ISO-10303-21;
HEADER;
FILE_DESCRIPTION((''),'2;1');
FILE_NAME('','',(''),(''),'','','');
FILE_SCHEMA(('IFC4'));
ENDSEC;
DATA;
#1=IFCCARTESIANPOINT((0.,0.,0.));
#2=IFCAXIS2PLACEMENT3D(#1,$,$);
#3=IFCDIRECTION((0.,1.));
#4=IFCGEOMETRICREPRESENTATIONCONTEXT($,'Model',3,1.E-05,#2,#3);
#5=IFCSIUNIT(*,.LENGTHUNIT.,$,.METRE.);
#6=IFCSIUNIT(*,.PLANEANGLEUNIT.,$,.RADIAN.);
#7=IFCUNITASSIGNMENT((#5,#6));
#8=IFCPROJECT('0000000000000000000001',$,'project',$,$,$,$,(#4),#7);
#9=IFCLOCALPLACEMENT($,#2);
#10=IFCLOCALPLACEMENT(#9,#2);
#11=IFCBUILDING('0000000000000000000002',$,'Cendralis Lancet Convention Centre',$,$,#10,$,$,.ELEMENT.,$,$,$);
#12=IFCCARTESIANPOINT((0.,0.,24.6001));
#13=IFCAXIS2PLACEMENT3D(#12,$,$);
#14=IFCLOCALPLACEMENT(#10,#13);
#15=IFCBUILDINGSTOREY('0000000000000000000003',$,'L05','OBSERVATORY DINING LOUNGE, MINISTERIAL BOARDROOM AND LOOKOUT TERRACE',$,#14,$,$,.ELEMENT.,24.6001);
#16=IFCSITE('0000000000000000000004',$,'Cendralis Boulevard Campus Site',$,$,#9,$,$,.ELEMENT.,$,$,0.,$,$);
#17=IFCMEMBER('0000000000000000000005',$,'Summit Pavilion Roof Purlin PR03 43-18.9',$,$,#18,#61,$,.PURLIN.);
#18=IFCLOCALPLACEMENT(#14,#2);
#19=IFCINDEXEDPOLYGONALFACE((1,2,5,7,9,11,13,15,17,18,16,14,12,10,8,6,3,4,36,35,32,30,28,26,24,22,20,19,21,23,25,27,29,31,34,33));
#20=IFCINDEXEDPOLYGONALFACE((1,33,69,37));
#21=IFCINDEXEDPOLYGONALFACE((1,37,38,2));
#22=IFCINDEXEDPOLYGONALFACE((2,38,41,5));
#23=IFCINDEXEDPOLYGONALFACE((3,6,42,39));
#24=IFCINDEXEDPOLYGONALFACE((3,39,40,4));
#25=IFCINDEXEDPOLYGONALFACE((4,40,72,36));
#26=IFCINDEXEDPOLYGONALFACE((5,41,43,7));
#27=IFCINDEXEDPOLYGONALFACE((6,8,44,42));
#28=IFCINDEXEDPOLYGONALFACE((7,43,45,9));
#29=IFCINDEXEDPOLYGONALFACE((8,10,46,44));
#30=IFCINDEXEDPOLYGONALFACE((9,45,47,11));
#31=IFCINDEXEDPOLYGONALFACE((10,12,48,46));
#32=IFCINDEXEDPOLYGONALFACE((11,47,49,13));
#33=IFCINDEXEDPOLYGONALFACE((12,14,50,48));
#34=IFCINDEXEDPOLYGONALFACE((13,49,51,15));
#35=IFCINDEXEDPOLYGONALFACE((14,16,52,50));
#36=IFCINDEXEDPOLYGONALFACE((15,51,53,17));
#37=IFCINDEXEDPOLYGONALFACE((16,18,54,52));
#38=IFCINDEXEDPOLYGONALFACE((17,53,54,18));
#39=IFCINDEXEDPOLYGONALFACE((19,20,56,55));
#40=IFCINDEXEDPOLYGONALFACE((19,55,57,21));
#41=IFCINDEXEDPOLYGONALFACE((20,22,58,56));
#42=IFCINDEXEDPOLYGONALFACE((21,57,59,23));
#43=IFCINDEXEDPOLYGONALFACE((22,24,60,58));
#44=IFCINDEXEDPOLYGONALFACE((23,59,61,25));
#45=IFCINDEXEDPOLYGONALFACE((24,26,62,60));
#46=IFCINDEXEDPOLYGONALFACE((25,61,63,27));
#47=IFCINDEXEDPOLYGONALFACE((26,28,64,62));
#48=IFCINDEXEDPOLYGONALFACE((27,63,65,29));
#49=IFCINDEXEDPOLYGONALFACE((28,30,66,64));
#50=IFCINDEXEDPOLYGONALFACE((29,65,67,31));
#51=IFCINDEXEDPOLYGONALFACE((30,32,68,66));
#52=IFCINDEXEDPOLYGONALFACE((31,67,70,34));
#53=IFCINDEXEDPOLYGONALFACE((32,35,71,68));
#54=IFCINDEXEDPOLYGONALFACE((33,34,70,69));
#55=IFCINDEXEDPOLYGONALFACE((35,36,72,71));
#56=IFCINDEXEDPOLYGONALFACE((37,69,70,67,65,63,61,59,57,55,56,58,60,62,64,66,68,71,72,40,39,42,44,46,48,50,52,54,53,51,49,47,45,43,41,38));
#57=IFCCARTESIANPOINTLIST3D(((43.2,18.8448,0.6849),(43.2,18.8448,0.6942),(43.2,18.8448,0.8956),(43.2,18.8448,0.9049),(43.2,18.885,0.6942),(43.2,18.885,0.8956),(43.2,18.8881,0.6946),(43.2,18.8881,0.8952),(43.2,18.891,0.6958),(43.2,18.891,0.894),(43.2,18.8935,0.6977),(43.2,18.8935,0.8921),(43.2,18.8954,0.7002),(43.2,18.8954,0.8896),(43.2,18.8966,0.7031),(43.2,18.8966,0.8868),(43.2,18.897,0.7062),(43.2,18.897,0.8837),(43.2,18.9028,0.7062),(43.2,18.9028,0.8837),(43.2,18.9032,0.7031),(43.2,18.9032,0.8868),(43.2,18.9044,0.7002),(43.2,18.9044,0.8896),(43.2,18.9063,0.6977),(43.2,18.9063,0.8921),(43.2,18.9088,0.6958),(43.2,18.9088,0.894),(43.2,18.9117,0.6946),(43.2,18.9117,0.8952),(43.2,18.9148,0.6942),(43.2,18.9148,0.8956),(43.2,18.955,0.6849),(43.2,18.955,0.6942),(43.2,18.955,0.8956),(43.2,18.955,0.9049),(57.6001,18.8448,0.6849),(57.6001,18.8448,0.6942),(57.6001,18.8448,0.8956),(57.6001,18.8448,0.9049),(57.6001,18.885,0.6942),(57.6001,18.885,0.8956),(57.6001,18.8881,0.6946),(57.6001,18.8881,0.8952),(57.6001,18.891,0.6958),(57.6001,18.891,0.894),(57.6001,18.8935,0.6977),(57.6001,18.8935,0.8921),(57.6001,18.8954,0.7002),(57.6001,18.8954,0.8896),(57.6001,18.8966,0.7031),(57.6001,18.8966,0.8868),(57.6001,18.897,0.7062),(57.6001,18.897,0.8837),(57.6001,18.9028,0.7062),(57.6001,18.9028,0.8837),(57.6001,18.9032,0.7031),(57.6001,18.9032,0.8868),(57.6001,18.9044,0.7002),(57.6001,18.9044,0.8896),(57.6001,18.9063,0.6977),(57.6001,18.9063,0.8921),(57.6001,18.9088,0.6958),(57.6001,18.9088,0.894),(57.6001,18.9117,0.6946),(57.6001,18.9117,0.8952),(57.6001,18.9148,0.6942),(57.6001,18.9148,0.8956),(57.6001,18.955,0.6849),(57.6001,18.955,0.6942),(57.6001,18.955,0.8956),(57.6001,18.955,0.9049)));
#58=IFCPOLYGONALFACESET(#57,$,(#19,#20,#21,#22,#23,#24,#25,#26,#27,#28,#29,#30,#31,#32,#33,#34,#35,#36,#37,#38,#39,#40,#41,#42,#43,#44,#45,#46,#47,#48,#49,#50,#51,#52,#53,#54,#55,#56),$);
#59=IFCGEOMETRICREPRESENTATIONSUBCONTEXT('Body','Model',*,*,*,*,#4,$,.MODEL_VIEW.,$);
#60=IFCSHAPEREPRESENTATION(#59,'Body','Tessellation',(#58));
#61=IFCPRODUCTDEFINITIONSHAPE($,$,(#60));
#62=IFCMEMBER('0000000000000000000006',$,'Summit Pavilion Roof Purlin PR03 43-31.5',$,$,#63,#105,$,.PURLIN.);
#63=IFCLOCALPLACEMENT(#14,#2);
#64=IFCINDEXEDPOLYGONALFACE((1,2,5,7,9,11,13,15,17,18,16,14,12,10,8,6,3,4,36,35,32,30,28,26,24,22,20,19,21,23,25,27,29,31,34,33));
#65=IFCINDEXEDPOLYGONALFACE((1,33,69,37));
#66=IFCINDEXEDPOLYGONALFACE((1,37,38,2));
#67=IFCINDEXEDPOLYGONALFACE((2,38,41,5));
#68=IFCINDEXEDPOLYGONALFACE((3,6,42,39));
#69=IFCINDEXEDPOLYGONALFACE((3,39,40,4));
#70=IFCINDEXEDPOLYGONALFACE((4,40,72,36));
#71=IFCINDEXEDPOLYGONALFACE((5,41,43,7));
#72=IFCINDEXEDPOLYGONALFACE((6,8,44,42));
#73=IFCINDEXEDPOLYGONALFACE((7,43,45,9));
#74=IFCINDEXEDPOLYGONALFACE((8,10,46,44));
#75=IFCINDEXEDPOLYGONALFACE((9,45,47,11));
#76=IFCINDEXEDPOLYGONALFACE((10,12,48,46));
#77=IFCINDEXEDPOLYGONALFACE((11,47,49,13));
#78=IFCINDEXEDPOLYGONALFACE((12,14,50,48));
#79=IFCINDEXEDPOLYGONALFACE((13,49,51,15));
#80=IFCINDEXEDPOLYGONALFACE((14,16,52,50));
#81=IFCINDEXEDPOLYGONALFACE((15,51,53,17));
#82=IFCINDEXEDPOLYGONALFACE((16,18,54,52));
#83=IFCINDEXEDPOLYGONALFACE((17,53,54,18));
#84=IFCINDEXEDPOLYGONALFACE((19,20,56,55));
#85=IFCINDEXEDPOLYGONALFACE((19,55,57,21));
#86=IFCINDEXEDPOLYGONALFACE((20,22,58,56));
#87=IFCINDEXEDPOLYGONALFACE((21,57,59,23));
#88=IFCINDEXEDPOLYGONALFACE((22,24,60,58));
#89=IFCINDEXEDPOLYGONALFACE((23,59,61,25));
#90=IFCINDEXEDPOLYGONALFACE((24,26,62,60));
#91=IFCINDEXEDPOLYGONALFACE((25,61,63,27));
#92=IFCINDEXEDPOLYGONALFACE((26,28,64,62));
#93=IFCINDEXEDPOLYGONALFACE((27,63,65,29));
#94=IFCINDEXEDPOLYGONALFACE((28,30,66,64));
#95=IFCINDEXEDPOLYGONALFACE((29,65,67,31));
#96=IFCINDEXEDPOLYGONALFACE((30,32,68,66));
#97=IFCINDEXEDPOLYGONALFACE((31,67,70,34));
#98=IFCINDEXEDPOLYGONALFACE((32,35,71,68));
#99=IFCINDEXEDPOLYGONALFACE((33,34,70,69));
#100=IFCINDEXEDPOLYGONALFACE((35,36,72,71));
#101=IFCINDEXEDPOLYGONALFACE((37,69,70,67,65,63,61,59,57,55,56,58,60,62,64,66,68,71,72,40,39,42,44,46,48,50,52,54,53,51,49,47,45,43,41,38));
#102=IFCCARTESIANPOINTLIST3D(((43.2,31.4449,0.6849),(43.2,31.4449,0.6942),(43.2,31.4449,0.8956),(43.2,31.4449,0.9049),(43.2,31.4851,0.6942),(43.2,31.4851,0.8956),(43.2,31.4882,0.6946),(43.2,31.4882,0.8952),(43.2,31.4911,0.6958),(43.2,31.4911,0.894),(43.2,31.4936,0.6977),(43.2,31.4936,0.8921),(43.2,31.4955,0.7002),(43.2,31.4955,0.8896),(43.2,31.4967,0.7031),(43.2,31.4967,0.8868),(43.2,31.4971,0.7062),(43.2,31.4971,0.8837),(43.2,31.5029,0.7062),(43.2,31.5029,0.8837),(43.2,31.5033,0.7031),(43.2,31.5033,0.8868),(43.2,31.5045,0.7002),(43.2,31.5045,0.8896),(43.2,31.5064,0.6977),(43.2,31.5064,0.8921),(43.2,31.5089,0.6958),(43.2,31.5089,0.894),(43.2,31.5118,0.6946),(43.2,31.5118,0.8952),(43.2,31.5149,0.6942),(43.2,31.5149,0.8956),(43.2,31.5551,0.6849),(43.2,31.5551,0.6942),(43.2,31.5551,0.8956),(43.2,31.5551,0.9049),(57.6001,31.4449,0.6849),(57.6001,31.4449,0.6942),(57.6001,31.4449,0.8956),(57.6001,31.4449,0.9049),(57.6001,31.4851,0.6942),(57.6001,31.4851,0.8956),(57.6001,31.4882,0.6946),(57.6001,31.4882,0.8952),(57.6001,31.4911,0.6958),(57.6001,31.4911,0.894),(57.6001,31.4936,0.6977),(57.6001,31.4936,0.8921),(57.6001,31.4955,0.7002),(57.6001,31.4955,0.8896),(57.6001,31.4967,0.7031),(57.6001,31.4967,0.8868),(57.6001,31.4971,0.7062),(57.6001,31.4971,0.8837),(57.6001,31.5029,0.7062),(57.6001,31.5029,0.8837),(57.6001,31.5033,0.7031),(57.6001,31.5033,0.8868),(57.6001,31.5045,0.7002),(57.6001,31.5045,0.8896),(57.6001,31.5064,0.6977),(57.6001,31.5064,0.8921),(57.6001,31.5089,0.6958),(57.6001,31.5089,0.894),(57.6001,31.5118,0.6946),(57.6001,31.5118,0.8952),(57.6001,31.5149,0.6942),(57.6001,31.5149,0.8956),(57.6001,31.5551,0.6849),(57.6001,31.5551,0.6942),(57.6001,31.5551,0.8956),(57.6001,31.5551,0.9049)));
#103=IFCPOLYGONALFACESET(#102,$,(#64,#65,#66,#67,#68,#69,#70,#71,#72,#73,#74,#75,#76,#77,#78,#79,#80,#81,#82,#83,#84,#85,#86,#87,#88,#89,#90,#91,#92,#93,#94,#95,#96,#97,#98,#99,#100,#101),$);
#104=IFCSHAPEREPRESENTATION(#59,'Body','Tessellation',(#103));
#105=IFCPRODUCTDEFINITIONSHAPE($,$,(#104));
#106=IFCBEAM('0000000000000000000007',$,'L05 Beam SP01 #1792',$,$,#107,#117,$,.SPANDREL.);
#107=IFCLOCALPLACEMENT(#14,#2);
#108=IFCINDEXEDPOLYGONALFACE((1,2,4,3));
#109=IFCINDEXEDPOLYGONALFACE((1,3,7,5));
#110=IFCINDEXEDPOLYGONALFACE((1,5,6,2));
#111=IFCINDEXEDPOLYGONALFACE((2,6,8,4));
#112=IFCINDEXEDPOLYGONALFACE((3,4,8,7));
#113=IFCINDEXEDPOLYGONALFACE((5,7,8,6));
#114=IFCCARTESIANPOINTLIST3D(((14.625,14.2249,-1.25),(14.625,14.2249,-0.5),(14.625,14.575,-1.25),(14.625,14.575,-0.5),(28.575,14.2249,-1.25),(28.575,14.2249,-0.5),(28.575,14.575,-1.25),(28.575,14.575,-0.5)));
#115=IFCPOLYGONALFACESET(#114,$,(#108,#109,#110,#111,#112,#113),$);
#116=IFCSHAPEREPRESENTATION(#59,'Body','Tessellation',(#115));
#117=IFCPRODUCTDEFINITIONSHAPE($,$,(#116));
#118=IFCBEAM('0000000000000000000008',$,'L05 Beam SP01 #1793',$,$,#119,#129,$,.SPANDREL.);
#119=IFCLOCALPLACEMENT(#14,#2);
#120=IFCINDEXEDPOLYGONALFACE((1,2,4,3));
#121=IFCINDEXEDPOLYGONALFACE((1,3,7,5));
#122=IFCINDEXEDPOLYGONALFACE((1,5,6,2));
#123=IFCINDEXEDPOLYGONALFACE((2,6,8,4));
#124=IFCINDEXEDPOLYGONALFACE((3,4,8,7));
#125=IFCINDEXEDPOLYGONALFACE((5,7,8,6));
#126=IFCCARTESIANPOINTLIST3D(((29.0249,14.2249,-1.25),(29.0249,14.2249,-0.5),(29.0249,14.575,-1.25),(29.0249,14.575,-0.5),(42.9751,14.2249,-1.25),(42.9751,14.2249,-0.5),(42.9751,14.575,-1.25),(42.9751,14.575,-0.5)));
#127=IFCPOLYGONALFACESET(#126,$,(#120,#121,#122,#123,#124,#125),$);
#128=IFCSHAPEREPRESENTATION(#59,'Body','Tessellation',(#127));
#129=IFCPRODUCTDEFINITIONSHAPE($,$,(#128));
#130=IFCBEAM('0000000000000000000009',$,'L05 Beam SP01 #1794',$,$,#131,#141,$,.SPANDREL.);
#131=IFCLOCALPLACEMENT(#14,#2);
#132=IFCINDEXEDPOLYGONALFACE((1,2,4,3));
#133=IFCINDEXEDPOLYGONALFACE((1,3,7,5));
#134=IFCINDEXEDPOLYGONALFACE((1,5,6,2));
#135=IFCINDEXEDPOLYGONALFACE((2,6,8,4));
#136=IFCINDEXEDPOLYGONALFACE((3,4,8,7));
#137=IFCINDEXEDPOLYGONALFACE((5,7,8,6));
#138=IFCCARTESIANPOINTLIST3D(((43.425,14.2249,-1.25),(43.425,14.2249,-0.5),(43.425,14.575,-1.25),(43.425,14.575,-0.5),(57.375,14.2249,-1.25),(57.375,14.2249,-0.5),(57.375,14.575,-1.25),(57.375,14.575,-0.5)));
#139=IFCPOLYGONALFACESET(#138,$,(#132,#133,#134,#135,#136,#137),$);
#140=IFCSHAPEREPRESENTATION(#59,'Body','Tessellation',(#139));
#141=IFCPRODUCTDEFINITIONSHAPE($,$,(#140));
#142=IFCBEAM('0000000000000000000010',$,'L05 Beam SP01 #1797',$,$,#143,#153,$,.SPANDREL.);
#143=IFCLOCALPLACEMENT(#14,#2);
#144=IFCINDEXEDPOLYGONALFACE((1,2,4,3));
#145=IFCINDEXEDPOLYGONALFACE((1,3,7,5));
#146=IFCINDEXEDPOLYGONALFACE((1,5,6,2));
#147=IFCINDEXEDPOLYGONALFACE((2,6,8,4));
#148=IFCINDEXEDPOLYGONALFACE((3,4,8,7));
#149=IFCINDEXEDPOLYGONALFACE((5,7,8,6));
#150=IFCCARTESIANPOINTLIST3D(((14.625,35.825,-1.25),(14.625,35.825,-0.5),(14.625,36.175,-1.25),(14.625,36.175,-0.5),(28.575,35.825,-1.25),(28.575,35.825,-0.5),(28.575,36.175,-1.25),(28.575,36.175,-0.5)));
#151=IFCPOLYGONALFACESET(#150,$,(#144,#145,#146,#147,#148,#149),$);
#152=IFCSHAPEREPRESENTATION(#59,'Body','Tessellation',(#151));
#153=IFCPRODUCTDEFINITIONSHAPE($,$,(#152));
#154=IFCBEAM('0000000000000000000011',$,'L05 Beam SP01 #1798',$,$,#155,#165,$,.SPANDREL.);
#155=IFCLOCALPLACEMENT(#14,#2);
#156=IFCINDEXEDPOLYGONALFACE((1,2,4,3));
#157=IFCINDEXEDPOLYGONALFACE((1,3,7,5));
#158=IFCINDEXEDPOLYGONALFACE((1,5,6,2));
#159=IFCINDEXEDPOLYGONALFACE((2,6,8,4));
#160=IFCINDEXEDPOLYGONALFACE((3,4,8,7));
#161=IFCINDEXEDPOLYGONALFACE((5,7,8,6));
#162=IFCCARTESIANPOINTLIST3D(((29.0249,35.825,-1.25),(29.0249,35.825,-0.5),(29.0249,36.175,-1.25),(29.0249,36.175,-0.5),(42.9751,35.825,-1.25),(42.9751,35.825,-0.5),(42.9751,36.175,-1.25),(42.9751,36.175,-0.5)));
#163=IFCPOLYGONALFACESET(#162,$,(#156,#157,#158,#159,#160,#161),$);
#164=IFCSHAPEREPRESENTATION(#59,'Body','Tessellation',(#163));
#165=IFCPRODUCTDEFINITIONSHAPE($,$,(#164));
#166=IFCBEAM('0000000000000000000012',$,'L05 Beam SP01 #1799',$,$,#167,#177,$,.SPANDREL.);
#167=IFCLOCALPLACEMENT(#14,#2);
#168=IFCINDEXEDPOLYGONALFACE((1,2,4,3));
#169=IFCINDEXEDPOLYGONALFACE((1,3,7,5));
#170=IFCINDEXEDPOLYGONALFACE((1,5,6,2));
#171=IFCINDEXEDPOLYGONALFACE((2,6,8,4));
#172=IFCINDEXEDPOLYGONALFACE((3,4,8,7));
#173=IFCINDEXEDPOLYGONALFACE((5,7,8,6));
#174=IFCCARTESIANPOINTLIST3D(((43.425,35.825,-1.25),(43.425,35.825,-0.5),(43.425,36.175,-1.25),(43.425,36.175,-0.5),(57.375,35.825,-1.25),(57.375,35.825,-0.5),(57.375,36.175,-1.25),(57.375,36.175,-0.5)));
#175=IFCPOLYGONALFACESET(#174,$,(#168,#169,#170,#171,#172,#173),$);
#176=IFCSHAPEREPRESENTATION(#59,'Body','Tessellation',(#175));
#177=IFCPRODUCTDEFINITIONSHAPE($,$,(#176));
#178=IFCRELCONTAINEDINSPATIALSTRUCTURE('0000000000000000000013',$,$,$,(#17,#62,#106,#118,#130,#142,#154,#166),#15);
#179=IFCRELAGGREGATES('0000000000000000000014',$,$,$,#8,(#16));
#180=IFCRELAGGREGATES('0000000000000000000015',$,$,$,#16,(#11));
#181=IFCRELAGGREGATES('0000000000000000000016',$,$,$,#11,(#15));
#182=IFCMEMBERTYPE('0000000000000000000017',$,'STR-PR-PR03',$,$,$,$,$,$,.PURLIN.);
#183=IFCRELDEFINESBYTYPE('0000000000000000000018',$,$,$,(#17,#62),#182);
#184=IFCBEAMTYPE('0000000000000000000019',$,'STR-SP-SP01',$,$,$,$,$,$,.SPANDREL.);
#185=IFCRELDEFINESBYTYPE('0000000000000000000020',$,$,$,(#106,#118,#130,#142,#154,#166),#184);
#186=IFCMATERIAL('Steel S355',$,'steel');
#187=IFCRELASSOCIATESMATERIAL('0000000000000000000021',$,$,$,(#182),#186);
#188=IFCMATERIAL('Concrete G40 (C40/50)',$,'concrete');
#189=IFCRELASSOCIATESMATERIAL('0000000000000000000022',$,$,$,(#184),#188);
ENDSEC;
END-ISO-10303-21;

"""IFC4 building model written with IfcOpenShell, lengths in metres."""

from ifc_helpers import new_model, si_unit, direction, frame, origin, origin_2d, place, context, subcontext, project, spatial, rectangle, i_section, extrude, material, material_profile, profile_set, type_object, element, save


model = new_model("IFC4")

# Units and contexts
model_context = context("Model", 3, precision=1e-05, world=origin(), true_north=direction((0.0, 1.0)))
body_context = subcontext(model_context, "Body", "Model", "MODEL_VIEW")
ifc_project = project(units=[si_unit("LENGTHUNIT", "METRE"), si_unit("PLANEANGLEUNIT", "RADIAN")], contexts=[model_context])

# Site, building, storey
site_placement = place(None, origin())
site = spatial("IfcSite", under=ifc_project, at=site_placement, Name="Cendralis Boulevard Campus Site", CompositionType="ELEMENT", RefElevation=0.0)
building_placement = place(site_placement, origin())
building = spatial("IfcBuilding", under=site, at=building_placement, Name="Cendralis Lancet Convention Centre", CompositionType="ELEMENT")
storey_placement = place(building_placement, frame((0.0, 0.0, 24.6001)))
storey = spatial("IfcBuildingStorey", under=building, at=storey_placement, Name="L05", Description="OBSERVATORY DINING LOUNGE, MINISTERIAL BOARDROOM AND LOOKOUT TERRACE", CompositionType="ELEMENT", Elevation=24.6001)

# Shared definitions
ifc_material_1 = material(Name="Steel S355", Category="steel")

# Members
ifc_material_profile_1 = material_profile(ifc_material_1, i_section(OverallWidth=0.1101, OverallDepth=0.22, WebThickness=0.0059, FlangeThickness=0.0093, FilletRadius=0.012, at=origin_2d()), Name="IPE 220")
ifc_profile_set_1 = profile_set([ifc_material_profile_1], Name="Steel S355")
member_type_1 = type_object("IfcMemberType", Name="STR-PR-PR03", PredefinedType="PURLIN", material=ifc_profile_set_1)
for number, where, z_axis, x_axis, name in (
    (1, (43.2, 18.8999, 0.7949), (1.0, 0.0, 0.0), (0.0, 1.0, 0.0), "Summit Pavilion Roof Purlin PR03 43-18.9"),
    (2, (43.2, 31.5, 0.7949), (1.0, 0.0, 0.0), (0.0, 1.0, 0.0), "Summit Pavilion Roof Purlin PR03 43-31.5"),
):
    element("IfcMember", number, at=place(storey_placement, frame(where, z_axis=z_axis, x_axis=x_axis)), inside=storey, type_object=member_type_1, Name=name, PredefinedType="PURLIN", context=body_context, shape_type="SweptSolid", body=[
        extrude(i_section(OverallWidth=0.1101, OverallDepth=0.22, WebThickness=0.0059, FlangeThickness=0.0093, FilletRadius=0.012, at=origin_2d()), origin(), (0.0, 0.0, 1.0), 14.4001),
    ])

# Beams
ifc_material_2 = material(Name="Concrete G40 (C40/50)", Category="concrete")
ifc_material_profile_2 = material_profile(ifc_material_2, rectangle(XDim=0.3501, YDim=0.75, at=origin_2d()), Name="RCB 350x750")
ifc_profile_set_2 = profile_set([ifc_material_profile_2], Name="Concrete G40 (C40/50)")
beam_type_1 = type_object("IfcBeamType", Name="STR-SP-SP01", PredefinedType="SPANDREL", material=ifc_profile_set_2)
beam_1_placement = place(storey_placement, frame((14.625, 14.3999, -0.875), z_axis=(1.0, 0.0, 0.0), x_axis=(0.0, 1.0, 0.0)))
element("IfcBeam", 3, at=beam_1_placement, inside=storey, type_object=beam_type_1, Name="L05 Beam SP01 #1792", PredefinedType="SPANDREL", context=body_context, shape_type="SweptSolid", body=[
    extrude(rectangle(XDim=0.3501, YDim=0.75, at=origin_2d()), origin(), (0.0, 0.0, 1.0), 13.95),
])
beam_2_placement = place(storey_placement, frame((29.0249, 14.3999, -0.875), z_axis=(1.0, 0.0, 0.0), x_axis=(0.0, 1.0, 0.0)))
element("IfcBeam", 4, at=beam_2_placement, inside=storey, type_object=beam_type_1, Name="L05 Beam SP01 #1793", PredefinedType="SPANDREL", context=body_context, shape_type="SweptSolid", body=[
    extrude(rectangle(XDim=0.3501, YDim=0.75, at=origin_2d()), origin(), (0.0, 0.0, 1.0), 13.9502),
])
for number, where, z_axis, x_axis, name in (
    (5, (43.425, 14.3999, -0.875), (1.0, 0.0, 0.0), (0.0, 1.0, 0.0), "L05 Beam SP01 #1794"),
    (6, (14.625, 36.0, -0.875), (1.0, 0.0, 0.0), (0.0, 1.0, 0.0), "L05 Beam SP01 #1797"),
):
    element("IfcBeam", number, at=place(storey_placement, frame(where, z_axis=z_axis, x_axis=x_axis)), inside=storey, type_object=beam_type_1, Name=name, PredefinedType="SPANDREL", context=body_context, shape_type="SweptSolid", body=[
        extrude(rectangle(XDim=0.3501, YDim=0.75, at=origin_2d()), origin(), (0.0, 0.0, 1.0), 13.95),
    ])
beam_3_placement = place(storey_placement, frame((29.0249, 36.0, -0.875), z_axis=(1.0, 0.0, 0.0), x_axis=(0.0, 1.0, 0.0)))
element("IfcBeam", 7, at=beam_3_placement, inside=storey, type_object=beam_type_1, Name="L05 Beam SP01 #1798", PredefinedType="SPANDREL", context=body_context, shape_type="SweptSolid", body=[
    extrude(rectangle(XDim=0.3501, YDim=0.75, at=origin_2d()), origin(), (0.0, 0.0, 1.0), 13.9502),
])
beam_4_placement = place(storey_placement, frame((43.425, 36.0, -0.875), z_axis=(1.0, 0.0, 0.0), x_axis=(0.0, 1.0, 0.0)))
element("IfcBeam", 8, at=beam_4_placement, inside=storey, type_object=beam_type_1, Name="L05 Beam SP01 #1799", PredefinedType="SPANDREL", context=body_context, shape_type="SweptSolid", body=[
    extrude(rectangle(XDim=0.3501, YDim=0.75, at=origin_2d()), origin(), (0.0, 0.0, 1.0), 13.95),
])

save(model, "model.ifc")
